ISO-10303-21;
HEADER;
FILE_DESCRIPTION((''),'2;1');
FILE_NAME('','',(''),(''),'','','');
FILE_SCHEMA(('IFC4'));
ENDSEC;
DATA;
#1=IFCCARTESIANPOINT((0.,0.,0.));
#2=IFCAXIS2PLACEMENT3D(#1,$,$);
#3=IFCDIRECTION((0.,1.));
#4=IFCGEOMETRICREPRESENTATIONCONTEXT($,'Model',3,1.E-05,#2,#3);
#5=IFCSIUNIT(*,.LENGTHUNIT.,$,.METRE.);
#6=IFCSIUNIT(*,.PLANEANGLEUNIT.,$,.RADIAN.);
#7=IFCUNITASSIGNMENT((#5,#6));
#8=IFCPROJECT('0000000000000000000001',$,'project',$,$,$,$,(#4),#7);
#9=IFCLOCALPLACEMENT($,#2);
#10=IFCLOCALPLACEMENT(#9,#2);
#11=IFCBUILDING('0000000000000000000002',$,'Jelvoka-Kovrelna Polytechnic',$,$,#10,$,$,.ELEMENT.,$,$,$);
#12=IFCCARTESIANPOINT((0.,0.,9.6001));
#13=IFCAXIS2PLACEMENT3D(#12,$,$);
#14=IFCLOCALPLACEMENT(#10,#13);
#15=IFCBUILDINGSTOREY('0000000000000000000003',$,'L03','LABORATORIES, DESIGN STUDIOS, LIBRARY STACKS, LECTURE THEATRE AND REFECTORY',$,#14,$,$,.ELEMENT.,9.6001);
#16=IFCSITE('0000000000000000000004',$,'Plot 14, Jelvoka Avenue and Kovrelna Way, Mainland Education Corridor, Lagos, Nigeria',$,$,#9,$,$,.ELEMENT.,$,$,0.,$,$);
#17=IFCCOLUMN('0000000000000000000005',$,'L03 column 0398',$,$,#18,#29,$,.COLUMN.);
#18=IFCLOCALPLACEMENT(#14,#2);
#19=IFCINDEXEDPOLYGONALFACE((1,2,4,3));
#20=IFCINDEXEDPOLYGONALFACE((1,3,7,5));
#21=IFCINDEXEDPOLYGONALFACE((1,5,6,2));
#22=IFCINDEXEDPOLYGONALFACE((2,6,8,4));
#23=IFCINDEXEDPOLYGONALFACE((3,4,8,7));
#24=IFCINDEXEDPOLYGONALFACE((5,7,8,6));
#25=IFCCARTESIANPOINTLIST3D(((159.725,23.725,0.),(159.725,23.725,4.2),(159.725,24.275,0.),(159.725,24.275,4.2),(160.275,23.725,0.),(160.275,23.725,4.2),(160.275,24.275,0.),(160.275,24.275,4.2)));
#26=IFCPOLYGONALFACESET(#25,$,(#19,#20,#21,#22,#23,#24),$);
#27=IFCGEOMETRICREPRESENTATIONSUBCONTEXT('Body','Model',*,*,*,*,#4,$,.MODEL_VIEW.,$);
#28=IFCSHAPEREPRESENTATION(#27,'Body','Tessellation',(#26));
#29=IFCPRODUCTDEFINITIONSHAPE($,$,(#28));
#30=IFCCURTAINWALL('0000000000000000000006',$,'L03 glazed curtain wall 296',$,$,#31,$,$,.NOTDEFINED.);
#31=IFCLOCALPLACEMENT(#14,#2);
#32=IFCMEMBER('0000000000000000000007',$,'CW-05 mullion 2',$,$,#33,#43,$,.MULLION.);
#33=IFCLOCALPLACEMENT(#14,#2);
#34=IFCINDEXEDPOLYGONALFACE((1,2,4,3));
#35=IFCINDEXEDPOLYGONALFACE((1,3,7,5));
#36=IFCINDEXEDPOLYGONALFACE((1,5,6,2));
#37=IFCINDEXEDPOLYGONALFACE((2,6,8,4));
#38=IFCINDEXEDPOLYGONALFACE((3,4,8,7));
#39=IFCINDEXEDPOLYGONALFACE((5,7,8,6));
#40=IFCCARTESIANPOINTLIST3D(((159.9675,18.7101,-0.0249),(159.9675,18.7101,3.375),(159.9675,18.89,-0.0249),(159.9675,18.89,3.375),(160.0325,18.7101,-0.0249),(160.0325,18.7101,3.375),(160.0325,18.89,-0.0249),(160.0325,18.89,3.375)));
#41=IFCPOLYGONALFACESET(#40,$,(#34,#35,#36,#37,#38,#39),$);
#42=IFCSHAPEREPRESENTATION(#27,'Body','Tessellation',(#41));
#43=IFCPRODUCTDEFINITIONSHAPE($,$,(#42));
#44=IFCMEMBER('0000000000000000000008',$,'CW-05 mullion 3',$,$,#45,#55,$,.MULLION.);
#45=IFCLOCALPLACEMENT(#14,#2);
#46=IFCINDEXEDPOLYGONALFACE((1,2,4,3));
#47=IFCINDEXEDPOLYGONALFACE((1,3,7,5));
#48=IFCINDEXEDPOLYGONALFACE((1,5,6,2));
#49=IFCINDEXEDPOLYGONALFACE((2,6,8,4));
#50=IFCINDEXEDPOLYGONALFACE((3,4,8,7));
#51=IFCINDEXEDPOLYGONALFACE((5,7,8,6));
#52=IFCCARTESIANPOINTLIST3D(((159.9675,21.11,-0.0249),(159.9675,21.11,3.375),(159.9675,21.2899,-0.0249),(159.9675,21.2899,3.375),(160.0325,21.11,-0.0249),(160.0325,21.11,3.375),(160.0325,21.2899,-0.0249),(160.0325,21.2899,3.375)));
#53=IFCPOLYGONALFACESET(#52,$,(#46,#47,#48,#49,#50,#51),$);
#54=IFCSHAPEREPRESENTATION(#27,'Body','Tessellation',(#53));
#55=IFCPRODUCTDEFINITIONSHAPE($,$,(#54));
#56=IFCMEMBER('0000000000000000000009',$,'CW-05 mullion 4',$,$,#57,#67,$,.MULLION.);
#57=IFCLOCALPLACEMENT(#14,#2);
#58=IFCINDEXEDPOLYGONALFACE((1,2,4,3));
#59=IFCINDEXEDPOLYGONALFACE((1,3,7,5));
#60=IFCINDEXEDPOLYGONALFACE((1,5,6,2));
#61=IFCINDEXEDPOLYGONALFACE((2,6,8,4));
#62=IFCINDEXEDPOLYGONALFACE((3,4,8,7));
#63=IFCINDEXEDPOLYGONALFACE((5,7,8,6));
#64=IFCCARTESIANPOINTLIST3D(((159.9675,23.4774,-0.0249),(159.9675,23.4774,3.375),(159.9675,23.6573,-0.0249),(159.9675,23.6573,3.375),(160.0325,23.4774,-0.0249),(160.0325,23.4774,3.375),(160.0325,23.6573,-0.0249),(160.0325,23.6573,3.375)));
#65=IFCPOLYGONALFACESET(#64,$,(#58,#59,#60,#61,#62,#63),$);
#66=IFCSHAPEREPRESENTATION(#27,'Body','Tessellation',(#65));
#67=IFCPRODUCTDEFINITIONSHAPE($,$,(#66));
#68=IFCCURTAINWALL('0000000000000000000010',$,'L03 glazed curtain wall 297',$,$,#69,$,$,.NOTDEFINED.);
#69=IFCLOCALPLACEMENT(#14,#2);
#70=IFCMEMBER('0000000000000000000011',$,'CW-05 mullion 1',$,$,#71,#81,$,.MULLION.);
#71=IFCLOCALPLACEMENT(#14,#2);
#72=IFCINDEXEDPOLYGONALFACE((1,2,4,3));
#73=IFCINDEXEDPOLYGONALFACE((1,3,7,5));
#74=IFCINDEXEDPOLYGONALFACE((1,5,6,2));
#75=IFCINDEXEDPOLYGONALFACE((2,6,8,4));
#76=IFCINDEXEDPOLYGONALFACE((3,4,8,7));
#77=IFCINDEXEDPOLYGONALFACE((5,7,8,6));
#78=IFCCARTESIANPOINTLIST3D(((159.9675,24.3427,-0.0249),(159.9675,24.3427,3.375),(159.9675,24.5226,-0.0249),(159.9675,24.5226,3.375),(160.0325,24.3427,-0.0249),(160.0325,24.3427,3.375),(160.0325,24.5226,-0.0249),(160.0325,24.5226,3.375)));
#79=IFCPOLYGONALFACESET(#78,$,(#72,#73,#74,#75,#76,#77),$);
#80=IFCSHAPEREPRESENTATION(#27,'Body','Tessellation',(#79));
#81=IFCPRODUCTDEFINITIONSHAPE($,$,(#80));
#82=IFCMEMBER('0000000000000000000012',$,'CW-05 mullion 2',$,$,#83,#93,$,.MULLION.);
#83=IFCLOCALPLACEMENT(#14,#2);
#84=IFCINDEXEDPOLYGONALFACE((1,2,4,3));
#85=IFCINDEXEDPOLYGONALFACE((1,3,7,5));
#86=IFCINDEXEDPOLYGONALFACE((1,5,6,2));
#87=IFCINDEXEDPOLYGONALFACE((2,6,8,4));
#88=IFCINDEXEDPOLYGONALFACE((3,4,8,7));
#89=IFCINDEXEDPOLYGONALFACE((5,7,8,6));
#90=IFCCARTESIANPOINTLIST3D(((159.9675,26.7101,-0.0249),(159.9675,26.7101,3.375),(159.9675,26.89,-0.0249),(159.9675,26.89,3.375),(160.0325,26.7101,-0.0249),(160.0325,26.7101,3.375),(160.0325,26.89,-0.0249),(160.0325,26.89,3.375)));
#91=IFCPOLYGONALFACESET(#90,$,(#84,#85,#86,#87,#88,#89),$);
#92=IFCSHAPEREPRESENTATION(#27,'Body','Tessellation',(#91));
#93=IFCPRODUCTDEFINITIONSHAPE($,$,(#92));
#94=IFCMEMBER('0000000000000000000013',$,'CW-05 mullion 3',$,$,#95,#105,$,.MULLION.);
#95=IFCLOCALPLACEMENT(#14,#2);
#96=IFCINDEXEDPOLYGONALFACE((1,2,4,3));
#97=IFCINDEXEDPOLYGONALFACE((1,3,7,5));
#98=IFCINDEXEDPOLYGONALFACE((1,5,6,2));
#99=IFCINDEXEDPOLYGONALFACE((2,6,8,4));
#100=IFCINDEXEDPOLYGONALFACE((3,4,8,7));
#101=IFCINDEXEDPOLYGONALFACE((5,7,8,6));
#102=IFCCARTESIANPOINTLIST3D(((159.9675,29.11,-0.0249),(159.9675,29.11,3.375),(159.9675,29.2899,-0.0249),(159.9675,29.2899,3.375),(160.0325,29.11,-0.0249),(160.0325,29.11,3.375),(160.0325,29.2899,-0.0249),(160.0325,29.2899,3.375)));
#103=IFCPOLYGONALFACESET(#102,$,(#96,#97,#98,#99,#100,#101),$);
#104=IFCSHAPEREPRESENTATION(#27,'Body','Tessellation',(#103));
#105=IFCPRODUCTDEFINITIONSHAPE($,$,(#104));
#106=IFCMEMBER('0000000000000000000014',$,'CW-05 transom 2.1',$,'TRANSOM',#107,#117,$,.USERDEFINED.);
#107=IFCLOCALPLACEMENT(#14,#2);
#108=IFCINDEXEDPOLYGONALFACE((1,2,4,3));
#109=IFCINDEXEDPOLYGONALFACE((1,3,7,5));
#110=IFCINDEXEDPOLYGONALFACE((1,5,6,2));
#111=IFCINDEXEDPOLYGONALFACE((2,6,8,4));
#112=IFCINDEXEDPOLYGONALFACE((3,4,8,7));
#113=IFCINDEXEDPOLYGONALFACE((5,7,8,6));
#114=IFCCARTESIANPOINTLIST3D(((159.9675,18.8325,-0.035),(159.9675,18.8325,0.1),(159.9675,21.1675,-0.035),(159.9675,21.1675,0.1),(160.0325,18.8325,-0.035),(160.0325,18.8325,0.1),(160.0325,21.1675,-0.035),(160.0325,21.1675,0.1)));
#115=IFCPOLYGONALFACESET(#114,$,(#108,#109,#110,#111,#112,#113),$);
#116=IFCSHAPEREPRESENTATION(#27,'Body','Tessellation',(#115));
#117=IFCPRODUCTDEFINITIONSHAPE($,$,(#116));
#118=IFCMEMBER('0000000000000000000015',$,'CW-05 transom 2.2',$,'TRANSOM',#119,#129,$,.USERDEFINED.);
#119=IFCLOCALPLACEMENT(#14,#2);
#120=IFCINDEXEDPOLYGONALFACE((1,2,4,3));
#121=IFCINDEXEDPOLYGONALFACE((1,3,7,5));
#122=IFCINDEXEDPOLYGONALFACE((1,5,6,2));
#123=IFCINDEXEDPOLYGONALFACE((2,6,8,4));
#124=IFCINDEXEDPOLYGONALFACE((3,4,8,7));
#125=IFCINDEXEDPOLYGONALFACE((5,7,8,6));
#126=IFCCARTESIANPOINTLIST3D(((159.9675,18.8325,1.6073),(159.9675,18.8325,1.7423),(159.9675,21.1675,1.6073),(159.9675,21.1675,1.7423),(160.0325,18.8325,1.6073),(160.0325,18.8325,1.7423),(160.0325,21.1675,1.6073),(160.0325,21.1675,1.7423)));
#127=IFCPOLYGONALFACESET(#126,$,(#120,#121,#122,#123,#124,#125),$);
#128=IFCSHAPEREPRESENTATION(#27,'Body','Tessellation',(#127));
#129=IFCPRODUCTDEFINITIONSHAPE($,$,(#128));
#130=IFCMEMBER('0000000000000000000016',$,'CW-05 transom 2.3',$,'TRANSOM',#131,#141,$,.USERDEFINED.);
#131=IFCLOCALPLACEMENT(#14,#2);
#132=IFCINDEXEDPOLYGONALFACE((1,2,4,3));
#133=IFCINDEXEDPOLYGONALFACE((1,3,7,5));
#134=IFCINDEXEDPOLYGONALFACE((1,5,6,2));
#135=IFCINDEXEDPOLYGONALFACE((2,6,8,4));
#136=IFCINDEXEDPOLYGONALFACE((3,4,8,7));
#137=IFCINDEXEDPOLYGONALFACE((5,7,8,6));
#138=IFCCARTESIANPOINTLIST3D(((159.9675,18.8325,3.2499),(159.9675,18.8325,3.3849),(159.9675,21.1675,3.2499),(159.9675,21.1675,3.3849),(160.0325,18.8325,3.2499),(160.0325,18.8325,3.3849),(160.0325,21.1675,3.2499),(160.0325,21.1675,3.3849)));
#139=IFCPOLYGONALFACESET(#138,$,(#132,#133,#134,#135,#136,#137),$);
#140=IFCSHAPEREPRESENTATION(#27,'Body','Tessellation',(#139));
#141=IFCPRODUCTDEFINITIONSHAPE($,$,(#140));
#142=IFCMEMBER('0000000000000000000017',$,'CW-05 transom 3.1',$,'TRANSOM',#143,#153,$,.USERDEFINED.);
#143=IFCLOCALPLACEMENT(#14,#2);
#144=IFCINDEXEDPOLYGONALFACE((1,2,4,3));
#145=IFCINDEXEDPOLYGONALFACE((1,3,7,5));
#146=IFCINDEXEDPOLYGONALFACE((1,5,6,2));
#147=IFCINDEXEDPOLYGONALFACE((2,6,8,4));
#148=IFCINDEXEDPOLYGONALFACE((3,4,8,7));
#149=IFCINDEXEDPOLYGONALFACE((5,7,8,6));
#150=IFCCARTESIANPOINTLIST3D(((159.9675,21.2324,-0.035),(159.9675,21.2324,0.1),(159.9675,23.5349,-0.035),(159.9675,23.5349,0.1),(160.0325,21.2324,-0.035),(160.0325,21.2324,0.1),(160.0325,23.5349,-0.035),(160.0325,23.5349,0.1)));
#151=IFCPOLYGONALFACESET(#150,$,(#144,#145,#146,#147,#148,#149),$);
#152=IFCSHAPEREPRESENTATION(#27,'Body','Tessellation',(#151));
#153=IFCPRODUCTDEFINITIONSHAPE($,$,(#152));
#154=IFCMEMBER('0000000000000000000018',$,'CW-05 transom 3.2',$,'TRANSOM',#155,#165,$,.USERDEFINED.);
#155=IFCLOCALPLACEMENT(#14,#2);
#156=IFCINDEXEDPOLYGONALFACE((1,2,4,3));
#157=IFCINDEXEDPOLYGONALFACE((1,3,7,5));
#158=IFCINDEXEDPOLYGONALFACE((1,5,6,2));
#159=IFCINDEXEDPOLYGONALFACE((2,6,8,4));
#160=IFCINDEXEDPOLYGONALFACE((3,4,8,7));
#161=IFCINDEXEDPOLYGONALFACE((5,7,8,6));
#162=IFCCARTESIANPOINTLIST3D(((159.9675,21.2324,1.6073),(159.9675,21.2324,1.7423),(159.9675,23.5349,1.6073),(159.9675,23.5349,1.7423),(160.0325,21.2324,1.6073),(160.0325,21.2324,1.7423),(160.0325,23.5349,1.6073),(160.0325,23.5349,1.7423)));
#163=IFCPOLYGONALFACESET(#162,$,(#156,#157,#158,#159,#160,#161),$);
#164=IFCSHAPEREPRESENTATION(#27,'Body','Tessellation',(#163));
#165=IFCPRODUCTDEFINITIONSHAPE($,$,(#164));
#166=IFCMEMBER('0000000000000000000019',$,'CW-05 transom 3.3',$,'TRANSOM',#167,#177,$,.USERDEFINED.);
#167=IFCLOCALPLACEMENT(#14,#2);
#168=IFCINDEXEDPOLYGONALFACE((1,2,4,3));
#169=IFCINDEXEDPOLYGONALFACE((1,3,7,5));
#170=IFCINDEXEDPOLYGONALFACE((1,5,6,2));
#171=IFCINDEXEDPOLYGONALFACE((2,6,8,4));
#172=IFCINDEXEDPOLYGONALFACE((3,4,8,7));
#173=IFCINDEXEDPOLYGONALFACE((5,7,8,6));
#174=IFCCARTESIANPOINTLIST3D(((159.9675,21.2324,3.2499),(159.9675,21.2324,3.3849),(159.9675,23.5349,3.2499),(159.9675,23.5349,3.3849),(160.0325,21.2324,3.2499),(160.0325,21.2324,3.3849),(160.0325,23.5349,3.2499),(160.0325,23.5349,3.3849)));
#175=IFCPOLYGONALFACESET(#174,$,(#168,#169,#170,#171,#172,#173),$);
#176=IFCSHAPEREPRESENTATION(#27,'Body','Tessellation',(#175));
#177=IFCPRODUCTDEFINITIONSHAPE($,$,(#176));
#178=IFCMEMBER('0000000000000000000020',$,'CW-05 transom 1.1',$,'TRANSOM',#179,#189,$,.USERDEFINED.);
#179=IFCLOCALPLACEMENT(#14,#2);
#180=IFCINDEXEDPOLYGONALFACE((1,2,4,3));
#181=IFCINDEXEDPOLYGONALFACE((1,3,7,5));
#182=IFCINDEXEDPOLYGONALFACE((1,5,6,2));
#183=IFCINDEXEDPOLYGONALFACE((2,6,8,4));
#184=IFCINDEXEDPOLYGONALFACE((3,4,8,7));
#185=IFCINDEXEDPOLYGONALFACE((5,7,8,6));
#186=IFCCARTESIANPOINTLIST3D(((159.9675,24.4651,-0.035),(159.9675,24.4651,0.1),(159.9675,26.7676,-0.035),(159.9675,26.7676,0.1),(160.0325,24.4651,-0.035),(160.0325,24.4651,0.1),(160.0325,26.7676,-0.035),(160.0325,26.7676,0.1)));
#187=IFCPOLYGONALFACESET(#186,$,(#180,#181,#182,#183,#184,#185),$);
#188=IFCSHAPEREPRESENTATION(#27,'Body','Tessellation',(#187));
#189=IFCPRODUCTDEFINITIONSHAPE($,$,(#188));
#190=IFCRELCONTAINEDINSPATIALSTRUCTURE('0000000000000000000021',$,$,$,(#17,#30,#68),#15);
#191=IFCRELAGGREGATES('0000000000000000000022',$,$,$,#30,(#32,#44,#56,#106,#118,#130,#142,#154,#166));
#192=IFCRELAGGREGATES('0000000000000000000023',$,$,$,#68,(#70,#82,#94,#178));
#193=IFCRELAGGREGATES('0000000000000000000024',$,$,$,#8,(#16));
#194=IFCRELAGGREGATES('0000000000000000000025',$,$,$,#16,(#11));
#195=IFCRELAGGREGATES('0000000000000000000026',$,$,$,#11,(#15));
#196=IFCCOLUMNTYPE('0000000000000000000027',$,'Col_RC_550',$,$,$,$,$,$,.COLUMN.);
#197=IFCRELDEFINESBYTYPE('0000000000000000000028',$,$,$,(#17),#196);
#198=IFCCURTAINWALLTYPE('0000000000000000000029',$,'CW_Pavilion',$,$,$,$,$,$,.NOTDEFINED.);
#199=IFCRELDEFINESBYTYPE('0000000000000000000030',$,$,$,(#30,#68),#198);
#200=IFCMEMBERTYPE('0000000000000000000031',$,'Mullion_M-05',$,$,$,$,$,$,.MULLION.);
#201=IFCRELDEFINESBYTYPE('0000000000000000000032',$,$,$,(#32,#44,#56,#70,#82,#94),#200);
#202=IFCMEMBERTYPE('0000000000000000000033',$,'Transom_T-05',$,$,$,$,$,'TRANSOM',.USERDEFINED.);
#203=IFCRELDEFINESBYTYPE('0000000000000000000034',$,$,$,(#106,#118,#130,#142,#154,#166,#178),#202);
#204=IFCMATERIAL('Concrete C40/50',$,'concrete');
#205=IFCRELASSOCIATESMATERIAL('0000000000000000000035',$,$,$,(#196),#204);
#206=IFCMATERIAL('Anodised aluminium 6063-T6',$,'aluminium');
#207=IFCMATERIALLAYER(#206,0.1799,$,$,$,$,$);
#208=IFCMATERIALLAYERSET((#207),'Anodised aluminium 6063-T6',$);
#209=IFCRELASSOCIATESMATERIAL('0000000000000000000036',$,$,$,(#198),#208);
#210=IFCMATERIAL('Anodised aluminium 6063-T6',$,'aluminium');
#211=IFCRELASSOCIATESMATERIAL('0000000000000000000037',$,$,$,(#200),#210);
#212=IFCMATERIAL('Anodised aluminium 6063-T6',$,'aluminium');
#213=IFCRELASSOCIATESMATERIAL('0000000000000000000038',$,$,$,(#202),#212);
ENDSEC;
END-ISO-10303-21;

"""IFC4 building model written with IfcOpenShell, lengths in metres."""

from ifc_helpers import new_model, si_unit, direction, frame, origin, origin_2d, place, context, subcontext, project, spatial, rectangle, extrude, material, layer, layer_set, material_profile, profile_set, type_object, element, aggregate, save


model = new_model("IFC4")

# Units and contexts
model_context = context("Model", 3, precision=1e-05, world=origin(), true_north=direction((0.0, 1.0)))
body_context = subcontext(model_context, "Body", "Model", "MODEL_VIEW")
ifc_project = project(units=[si_unit("LENGTHUNIT", "METRE"), si_unit("PLANEANGLEUNIT", "RADIAN")], contexts=[model_context])

# Site, building, storey
site_placement = place(None, origin())
site = spatial("IfcSite", under=ifc_project, at=site_placement, Name="Plot 14, Jelvoka Avenue and Kovrelna Way, Mainland Education Corridor, Lagos, Nigeria", CompositionType="ELEMENT", RefElevation=0.0)
building_placement = place(site_placement, origin())
building = spatial("IfcBuilding", under=site, at=building_placement, Name="Jelvoka-Kovrelna Polytechnic", CompositionType="ELEMENT")
storey_placement = place(building_placement, frame((0.0, 0.0, 9.6001)))
storey = spatial("IfcBuildingStorey", under=building, at=storey_placement, Name="L03", Description="LABORATORIES, DESIGN STUDIOS, LIBRARY STACKS, LECTURE THEATRE AND REFECTORY", CompositionType="ELEMENT", Elevation=9.6001)

# Column
ifc_material_1 = material(Name="Concrete C40/50", Category="concrete")
ifc_material_profile_1 = material_profile(ifc_material_1, rectangle(XDim=0.55, YDim=0.55, at=origin_2d()), Name="RC 550x550")
ifc_profile_set_1 = profile_set([ifc_material_profile_1], Name="Concrete C40/50")
column_type = type_object("IfcColumnType", Name="Col_RC_550", PredefinedType="COLUMN", material=ifc_profile_set_1)
column_placement = place(storey_placement, frame((160.0, 24.0, 0.0), z_axis=(0.0, 0.0, 1.0), x_axis=(1.0, 0.0, 0.0)))
element("IfcColumn", 1, at=column_placement, inside=storey, type_object=column_type, Name="L03 column 0398", PredefinedType="COLUMN", context=body_context, shape_type="SweptSolid", body=[
    extrude(rectangle(XDim=0.55, YDim=0.55, at=origin_2d()), origin(), (0.0, 0.0, 1.0), 4.2),
])

# Curtain walls, members
ifc_material_2 = material(Name="Anodised aluminium 6063-T6", Category="aluminium")
ifc_layer_1 = layer(ifc_material_2, 0.1799)
ifc_layer_set_1 = layer_set([ifc_layer_1], Name="Anodised aluminium 6063-T6")
curtain_wall_type = type_object("IfcCurtainWallType", Name="CW_Pavilion", PredefinedType="NOTDEFINED", material=ifc_layer_set_1)
curtain_wall_1_placement = place(storey_placement, origin())
curtain_wall_1 = element("IfcCurtainWall", 2, at=curtain_wall_1_placement, inside=storey, type_object=curtain_wall_type, Name="L03 glazed curtain wall 296", PredefinedType="NOTDEFINED")
ifc_material_3 = material(Name="Anodised aluminium 6063-T6", Category="aluminium")
ifc_material_profile_2 = material_profile(ifc_material_3, rectangle(XDim=0.0649, YDim=0.1799, at=origin_2d()), Name="ALU 65x180")
ifc_profile_set_2 = profile_set([ifc_material_profile_2], Name="Anodised aluminium 6063-T6")
member_type_1 = type_object("IfcMemberType", Name="Mullion_M-05", PredefinedType="MULLION", material=ifc_profile_set_2)
member_1_placement = place(storey_placement, frame((160.0, 18.8, -0.0249), z_axis=(0.0, 0.0, 1.0), x_axis=(-1.0, 0.0, 0.0)))
member_1 = element("IfcMember", 3, at=member_1_placement, type_object=member_type_1, Name="CW-05 mullion 2", PredefinedType="MULLION", context=body_context, shape_type="SweptSolid", body=[
    extrude(rectangle(XDim=0.0649, YDim=0.1799, at=origin_2d()), origin(), (0.0, 0.0, 1.0), 3.3999),
])
member_2_placement = place(storey_placement, frame((160.0, 21.2, -0.0249), z_axis=(0.0, 0.0, 1.0), x_axis=(-1.0, 0.0, 0.0)))
member_2 = element("IfcMember", 4, at=member_2_placement, type_object=member_type_1, Name="CW-05 mullion 3", PredefinedType="MULLION", context=body_context, shape_type="SweptSolid", body=[
    extrude(rectangle(XDim=0.0649, YDim=0.1799, at=origin_2d()), origin(), (0.0, 0.0, 1.0), 3.3999),
])
member_3_placement = place(storey_placement, frame((160.0, 23.5674, -0.0249), z_axis=(0.0, 0.0, 1.0), x_axis=(-1.0, 0.0, 0.0)))
member_3 = element("IfcMember", 5, at=member_3_placement, type_object=member_type_1, Name="CW-05 mullion 4", PredefinedType="MULLION", context=body_context, shape_type="SweptSolid", body=[
    extrude(rectangle(XDim=0.0649, YDim=0.1799, at=origin_2d()), origin(), (0.0, 0.0, 1.0), 3.3999),
])
curtain_wall_2_placement = place(storey_placement, origin())
curtain_wall_2 = element("IfcCurtainWall", 6, at=curtain_wall_2_placement, inside=storey, type_object=curtain_wall_type, Name="L03 glazed curtain wall 297", PredefinedType="NOTDEFINED")
member_4_placement = place(storey_placement, frame((160.0, 24.4326, -0.0249), z_axis=(0.0, 0.0, 1.0), x_axis=(-1.0, 0.0, 0.0)))
member_4 = element("IfcMember", 7, at=member_4_placement, type_object=member_type_1, Name="CW-05 mullion 1", PredefinedType="MULLION", context=body_context, shape_type="SweptSolid", body=[
    extrude(rectangle(XDim=0.0649, YDim=0.1799, at=origin_2d()), origin(), (0.0, 0.0, 1.0), 3.3999),
])
member_5_placement = place(storey_placement, frame((160.0, 26.8, -0.0249), z_axis=(0.0, 0.0, 1.0), x_axis=(-1.0, 0.0, 0.0)))
member_5 = element("IfcMember", 8, at=member_5_placement, type_object=member_type_1, Name="CW-05 mullion 2", PredefinedType="MULLION", context=body_context, shape_type="SweptSolid", body=[
    extrude(rectangle(XDim=0.0649, YDim=0.1799, at=origin_2d()), origin(), (0.0, 0.0, 1.0), 3.3999),
])
member_6_placement = place(storey_placement, frame((160.0, 29.2, -0.0249), z_axis=(0.0, 0.0, 1.0), x_axis=(-1.0, 0.0, 0.0)))
member_6 = element("IfcMember", 9, at=member_6_placement, type_object=member_type_1, Name="CW-05 mullion 3", PredefinedType="MULLION", context=body_context, shape_type="SweptSolid", body=[
    extrude(rectangle(XDim=0.0649, YDim=0.1799, at=origin_2d()), origin(), (0.0, 0.0, 1.0), 3.3999),
])

# Members
ifc_material_4 = material(Name="Anodised aluminium 6063-T6", Category="aluminium")
ifc_material_profile_3 = material_profile(ifc_material_4, rectangle(XDim=0.0649, YDim=0.135, at=origin_2d()), Name="ALU 65x135")
ifc_profile_set_3 = profile_set([ifc_material_profile_3], Name="Anodised aluminium 6063-T6")
member_type_2 = type_object("IfcMemberType", Name="Transom_T-05", ElementType="TRANSOM", PredefinedType="USERDEFINED", material=ifc_profile_set_3)
member_7_placement = place(storey_placement, frame((160.0, 18.8325, 0.0325), z_axis=(0.0, 1.0, 0.0), x_axis=(-1.0, 0.0, 0.0)))
member_7 = element("IfcMember", 10, at=member_7_placement, type_object=member_type_2, Name="CW-05 transom 2.1", ObjectType="TRANSOM", PredefinedType="USERDEFINED", context=body_context, shape_type="SweptSolid", body=[
    extrude(rectangle(XDim=0.0649, YDim=0.135, at=origin_2d()), origin(), (0.0, 0.0, 1.0), 2.335),
])
member_8_placement = place(storey_placement, frame((160.0, 18.8325, 1.6748), z_axis=(0.0, 1.0, 0.0), x_axis=(-1.0, 0.0, 0.0)))
member_8 = element("IfcMember", 11, at=member_8_placement, type_object=member_type_2, Name="CW-05 transom 2.2", ObjectType="TRANSOM", PredefinedType="USERDEFINED", context=body_context, shape_type="SweptSolid", body=[
    extrude(rectangle(XDim=0.0649, YDim=0.135, at=origin_2d()), origin(), (0.0, 0.0, 1.0), 2.335),
])
member_9_placement = place(storey_placement, frame((160.0, 18.8325, 3.3174), z_axis=(0.0, 1.0, 0.0), x_axis=(-1.0, 0.0, 0.0)))
member_9 = element("IfcMember", 12, at=member_9_placement, type_object=member_type_2, Name="CW-05 transom 2.3", ObjectType="TRANSOM", PredefinedType="USERDEFINED", context=body_context, shape_type="SweptSolid", body=[
    extrude(rectangle(XDim=0.0649, YDim=0.135, at=origin_2d()), origin(), (0.0, 0.0, 1.0), 2.335),
])
member_10_placement = place(storey_placement, frame((160.0, 21.2324, 0.0325), z_axis=(0.0, 1.0, 0.0), x_axis=(-1.0, 0.0, 0.0)))
member_10 = element("IfcMember", 13, at=member_10_placement, type_object=member_type_2, Name="CW-05 transom 3.1", ObjectType="TRANSOM", PredefinedType="USERDEFINED", context=body_context, shape_type="SweptSolid", body=[
    extrude(rectangle(XDim=0.0649, YDim=0.135, at=origin_2d()), origin(), (0.0, 0.0, 1.0), 2.3025),
])
member_11_placement = place(storey_placement, frame((160.0, 21.2324, 1.6748), z_axis=(0.0, 1.0, 0.0), x_axis=(-1.0, 0.0, 0.0)))
member_11 = element("IfcMember", 14, at=member_11_placement, type_object=member_type_2, Name="CW-05 transom 3.2", ObjectType="TRANSOM", PredefinedType="USERDEFINED", context=body_context, shape_type="SweptSolid", body=[
    extrude(rectangle(XDim=0.0649, YDim=0.135, at=origin_2d()), origin(), (0.0, 0.0, 1.0), 2.3025),
])
member_12_placement = place(storey_placement, frame((160.0, 21.2324, 3.3174), z_axis=(0.0, 1.0, 0.0), x_axis=(-1.0, 0.0, 0.0)))
member_12 = element("IfcMember", 15, at=member_12_placement, type_object=member_type_2, Name="CW-05 transom 3.3", ObjectType="TRANSOM", PredefinedType="USERDEFINED", context=body_context, shape_type="SweptSolid", body=[
    extrude(rectangle(XDim=0.0649, YDim=0.135, at=origin_2d()), origin(), (0.0, 0.0, 1.0), 2.3025),
])
member_13_placement = place(storey_placement, frame((160.0, 24.4651, 0.0325), z_axis=(0.0, 1.0, 0.0), x_axis=(-1.0, 0.0, 0.0)))
member_13 = element("IfcMember", 16, at=member_13_placement, type_object=member_type_2, Name="CW-05 transom 1.1", ObjectType="TRANSOM", PredefinedType="USERDEFINED", context=body_context, shape_type="SweptSolid", body=[
    extrude(rectangle(XDim=0.0649, YDim=0.135, at=origin_2d()), origin(), (0.0, 0.0, 1.0), 2.3025),
])

aggregate(curtain_wall_1, [member_1, member_2, member_3, member_7, member_8, member_9, member_10, member_11, member_12])
aggregate(curtain_wall_2, [member_4, member_5, member_6, member_13])

save(model, "model.ifc")
